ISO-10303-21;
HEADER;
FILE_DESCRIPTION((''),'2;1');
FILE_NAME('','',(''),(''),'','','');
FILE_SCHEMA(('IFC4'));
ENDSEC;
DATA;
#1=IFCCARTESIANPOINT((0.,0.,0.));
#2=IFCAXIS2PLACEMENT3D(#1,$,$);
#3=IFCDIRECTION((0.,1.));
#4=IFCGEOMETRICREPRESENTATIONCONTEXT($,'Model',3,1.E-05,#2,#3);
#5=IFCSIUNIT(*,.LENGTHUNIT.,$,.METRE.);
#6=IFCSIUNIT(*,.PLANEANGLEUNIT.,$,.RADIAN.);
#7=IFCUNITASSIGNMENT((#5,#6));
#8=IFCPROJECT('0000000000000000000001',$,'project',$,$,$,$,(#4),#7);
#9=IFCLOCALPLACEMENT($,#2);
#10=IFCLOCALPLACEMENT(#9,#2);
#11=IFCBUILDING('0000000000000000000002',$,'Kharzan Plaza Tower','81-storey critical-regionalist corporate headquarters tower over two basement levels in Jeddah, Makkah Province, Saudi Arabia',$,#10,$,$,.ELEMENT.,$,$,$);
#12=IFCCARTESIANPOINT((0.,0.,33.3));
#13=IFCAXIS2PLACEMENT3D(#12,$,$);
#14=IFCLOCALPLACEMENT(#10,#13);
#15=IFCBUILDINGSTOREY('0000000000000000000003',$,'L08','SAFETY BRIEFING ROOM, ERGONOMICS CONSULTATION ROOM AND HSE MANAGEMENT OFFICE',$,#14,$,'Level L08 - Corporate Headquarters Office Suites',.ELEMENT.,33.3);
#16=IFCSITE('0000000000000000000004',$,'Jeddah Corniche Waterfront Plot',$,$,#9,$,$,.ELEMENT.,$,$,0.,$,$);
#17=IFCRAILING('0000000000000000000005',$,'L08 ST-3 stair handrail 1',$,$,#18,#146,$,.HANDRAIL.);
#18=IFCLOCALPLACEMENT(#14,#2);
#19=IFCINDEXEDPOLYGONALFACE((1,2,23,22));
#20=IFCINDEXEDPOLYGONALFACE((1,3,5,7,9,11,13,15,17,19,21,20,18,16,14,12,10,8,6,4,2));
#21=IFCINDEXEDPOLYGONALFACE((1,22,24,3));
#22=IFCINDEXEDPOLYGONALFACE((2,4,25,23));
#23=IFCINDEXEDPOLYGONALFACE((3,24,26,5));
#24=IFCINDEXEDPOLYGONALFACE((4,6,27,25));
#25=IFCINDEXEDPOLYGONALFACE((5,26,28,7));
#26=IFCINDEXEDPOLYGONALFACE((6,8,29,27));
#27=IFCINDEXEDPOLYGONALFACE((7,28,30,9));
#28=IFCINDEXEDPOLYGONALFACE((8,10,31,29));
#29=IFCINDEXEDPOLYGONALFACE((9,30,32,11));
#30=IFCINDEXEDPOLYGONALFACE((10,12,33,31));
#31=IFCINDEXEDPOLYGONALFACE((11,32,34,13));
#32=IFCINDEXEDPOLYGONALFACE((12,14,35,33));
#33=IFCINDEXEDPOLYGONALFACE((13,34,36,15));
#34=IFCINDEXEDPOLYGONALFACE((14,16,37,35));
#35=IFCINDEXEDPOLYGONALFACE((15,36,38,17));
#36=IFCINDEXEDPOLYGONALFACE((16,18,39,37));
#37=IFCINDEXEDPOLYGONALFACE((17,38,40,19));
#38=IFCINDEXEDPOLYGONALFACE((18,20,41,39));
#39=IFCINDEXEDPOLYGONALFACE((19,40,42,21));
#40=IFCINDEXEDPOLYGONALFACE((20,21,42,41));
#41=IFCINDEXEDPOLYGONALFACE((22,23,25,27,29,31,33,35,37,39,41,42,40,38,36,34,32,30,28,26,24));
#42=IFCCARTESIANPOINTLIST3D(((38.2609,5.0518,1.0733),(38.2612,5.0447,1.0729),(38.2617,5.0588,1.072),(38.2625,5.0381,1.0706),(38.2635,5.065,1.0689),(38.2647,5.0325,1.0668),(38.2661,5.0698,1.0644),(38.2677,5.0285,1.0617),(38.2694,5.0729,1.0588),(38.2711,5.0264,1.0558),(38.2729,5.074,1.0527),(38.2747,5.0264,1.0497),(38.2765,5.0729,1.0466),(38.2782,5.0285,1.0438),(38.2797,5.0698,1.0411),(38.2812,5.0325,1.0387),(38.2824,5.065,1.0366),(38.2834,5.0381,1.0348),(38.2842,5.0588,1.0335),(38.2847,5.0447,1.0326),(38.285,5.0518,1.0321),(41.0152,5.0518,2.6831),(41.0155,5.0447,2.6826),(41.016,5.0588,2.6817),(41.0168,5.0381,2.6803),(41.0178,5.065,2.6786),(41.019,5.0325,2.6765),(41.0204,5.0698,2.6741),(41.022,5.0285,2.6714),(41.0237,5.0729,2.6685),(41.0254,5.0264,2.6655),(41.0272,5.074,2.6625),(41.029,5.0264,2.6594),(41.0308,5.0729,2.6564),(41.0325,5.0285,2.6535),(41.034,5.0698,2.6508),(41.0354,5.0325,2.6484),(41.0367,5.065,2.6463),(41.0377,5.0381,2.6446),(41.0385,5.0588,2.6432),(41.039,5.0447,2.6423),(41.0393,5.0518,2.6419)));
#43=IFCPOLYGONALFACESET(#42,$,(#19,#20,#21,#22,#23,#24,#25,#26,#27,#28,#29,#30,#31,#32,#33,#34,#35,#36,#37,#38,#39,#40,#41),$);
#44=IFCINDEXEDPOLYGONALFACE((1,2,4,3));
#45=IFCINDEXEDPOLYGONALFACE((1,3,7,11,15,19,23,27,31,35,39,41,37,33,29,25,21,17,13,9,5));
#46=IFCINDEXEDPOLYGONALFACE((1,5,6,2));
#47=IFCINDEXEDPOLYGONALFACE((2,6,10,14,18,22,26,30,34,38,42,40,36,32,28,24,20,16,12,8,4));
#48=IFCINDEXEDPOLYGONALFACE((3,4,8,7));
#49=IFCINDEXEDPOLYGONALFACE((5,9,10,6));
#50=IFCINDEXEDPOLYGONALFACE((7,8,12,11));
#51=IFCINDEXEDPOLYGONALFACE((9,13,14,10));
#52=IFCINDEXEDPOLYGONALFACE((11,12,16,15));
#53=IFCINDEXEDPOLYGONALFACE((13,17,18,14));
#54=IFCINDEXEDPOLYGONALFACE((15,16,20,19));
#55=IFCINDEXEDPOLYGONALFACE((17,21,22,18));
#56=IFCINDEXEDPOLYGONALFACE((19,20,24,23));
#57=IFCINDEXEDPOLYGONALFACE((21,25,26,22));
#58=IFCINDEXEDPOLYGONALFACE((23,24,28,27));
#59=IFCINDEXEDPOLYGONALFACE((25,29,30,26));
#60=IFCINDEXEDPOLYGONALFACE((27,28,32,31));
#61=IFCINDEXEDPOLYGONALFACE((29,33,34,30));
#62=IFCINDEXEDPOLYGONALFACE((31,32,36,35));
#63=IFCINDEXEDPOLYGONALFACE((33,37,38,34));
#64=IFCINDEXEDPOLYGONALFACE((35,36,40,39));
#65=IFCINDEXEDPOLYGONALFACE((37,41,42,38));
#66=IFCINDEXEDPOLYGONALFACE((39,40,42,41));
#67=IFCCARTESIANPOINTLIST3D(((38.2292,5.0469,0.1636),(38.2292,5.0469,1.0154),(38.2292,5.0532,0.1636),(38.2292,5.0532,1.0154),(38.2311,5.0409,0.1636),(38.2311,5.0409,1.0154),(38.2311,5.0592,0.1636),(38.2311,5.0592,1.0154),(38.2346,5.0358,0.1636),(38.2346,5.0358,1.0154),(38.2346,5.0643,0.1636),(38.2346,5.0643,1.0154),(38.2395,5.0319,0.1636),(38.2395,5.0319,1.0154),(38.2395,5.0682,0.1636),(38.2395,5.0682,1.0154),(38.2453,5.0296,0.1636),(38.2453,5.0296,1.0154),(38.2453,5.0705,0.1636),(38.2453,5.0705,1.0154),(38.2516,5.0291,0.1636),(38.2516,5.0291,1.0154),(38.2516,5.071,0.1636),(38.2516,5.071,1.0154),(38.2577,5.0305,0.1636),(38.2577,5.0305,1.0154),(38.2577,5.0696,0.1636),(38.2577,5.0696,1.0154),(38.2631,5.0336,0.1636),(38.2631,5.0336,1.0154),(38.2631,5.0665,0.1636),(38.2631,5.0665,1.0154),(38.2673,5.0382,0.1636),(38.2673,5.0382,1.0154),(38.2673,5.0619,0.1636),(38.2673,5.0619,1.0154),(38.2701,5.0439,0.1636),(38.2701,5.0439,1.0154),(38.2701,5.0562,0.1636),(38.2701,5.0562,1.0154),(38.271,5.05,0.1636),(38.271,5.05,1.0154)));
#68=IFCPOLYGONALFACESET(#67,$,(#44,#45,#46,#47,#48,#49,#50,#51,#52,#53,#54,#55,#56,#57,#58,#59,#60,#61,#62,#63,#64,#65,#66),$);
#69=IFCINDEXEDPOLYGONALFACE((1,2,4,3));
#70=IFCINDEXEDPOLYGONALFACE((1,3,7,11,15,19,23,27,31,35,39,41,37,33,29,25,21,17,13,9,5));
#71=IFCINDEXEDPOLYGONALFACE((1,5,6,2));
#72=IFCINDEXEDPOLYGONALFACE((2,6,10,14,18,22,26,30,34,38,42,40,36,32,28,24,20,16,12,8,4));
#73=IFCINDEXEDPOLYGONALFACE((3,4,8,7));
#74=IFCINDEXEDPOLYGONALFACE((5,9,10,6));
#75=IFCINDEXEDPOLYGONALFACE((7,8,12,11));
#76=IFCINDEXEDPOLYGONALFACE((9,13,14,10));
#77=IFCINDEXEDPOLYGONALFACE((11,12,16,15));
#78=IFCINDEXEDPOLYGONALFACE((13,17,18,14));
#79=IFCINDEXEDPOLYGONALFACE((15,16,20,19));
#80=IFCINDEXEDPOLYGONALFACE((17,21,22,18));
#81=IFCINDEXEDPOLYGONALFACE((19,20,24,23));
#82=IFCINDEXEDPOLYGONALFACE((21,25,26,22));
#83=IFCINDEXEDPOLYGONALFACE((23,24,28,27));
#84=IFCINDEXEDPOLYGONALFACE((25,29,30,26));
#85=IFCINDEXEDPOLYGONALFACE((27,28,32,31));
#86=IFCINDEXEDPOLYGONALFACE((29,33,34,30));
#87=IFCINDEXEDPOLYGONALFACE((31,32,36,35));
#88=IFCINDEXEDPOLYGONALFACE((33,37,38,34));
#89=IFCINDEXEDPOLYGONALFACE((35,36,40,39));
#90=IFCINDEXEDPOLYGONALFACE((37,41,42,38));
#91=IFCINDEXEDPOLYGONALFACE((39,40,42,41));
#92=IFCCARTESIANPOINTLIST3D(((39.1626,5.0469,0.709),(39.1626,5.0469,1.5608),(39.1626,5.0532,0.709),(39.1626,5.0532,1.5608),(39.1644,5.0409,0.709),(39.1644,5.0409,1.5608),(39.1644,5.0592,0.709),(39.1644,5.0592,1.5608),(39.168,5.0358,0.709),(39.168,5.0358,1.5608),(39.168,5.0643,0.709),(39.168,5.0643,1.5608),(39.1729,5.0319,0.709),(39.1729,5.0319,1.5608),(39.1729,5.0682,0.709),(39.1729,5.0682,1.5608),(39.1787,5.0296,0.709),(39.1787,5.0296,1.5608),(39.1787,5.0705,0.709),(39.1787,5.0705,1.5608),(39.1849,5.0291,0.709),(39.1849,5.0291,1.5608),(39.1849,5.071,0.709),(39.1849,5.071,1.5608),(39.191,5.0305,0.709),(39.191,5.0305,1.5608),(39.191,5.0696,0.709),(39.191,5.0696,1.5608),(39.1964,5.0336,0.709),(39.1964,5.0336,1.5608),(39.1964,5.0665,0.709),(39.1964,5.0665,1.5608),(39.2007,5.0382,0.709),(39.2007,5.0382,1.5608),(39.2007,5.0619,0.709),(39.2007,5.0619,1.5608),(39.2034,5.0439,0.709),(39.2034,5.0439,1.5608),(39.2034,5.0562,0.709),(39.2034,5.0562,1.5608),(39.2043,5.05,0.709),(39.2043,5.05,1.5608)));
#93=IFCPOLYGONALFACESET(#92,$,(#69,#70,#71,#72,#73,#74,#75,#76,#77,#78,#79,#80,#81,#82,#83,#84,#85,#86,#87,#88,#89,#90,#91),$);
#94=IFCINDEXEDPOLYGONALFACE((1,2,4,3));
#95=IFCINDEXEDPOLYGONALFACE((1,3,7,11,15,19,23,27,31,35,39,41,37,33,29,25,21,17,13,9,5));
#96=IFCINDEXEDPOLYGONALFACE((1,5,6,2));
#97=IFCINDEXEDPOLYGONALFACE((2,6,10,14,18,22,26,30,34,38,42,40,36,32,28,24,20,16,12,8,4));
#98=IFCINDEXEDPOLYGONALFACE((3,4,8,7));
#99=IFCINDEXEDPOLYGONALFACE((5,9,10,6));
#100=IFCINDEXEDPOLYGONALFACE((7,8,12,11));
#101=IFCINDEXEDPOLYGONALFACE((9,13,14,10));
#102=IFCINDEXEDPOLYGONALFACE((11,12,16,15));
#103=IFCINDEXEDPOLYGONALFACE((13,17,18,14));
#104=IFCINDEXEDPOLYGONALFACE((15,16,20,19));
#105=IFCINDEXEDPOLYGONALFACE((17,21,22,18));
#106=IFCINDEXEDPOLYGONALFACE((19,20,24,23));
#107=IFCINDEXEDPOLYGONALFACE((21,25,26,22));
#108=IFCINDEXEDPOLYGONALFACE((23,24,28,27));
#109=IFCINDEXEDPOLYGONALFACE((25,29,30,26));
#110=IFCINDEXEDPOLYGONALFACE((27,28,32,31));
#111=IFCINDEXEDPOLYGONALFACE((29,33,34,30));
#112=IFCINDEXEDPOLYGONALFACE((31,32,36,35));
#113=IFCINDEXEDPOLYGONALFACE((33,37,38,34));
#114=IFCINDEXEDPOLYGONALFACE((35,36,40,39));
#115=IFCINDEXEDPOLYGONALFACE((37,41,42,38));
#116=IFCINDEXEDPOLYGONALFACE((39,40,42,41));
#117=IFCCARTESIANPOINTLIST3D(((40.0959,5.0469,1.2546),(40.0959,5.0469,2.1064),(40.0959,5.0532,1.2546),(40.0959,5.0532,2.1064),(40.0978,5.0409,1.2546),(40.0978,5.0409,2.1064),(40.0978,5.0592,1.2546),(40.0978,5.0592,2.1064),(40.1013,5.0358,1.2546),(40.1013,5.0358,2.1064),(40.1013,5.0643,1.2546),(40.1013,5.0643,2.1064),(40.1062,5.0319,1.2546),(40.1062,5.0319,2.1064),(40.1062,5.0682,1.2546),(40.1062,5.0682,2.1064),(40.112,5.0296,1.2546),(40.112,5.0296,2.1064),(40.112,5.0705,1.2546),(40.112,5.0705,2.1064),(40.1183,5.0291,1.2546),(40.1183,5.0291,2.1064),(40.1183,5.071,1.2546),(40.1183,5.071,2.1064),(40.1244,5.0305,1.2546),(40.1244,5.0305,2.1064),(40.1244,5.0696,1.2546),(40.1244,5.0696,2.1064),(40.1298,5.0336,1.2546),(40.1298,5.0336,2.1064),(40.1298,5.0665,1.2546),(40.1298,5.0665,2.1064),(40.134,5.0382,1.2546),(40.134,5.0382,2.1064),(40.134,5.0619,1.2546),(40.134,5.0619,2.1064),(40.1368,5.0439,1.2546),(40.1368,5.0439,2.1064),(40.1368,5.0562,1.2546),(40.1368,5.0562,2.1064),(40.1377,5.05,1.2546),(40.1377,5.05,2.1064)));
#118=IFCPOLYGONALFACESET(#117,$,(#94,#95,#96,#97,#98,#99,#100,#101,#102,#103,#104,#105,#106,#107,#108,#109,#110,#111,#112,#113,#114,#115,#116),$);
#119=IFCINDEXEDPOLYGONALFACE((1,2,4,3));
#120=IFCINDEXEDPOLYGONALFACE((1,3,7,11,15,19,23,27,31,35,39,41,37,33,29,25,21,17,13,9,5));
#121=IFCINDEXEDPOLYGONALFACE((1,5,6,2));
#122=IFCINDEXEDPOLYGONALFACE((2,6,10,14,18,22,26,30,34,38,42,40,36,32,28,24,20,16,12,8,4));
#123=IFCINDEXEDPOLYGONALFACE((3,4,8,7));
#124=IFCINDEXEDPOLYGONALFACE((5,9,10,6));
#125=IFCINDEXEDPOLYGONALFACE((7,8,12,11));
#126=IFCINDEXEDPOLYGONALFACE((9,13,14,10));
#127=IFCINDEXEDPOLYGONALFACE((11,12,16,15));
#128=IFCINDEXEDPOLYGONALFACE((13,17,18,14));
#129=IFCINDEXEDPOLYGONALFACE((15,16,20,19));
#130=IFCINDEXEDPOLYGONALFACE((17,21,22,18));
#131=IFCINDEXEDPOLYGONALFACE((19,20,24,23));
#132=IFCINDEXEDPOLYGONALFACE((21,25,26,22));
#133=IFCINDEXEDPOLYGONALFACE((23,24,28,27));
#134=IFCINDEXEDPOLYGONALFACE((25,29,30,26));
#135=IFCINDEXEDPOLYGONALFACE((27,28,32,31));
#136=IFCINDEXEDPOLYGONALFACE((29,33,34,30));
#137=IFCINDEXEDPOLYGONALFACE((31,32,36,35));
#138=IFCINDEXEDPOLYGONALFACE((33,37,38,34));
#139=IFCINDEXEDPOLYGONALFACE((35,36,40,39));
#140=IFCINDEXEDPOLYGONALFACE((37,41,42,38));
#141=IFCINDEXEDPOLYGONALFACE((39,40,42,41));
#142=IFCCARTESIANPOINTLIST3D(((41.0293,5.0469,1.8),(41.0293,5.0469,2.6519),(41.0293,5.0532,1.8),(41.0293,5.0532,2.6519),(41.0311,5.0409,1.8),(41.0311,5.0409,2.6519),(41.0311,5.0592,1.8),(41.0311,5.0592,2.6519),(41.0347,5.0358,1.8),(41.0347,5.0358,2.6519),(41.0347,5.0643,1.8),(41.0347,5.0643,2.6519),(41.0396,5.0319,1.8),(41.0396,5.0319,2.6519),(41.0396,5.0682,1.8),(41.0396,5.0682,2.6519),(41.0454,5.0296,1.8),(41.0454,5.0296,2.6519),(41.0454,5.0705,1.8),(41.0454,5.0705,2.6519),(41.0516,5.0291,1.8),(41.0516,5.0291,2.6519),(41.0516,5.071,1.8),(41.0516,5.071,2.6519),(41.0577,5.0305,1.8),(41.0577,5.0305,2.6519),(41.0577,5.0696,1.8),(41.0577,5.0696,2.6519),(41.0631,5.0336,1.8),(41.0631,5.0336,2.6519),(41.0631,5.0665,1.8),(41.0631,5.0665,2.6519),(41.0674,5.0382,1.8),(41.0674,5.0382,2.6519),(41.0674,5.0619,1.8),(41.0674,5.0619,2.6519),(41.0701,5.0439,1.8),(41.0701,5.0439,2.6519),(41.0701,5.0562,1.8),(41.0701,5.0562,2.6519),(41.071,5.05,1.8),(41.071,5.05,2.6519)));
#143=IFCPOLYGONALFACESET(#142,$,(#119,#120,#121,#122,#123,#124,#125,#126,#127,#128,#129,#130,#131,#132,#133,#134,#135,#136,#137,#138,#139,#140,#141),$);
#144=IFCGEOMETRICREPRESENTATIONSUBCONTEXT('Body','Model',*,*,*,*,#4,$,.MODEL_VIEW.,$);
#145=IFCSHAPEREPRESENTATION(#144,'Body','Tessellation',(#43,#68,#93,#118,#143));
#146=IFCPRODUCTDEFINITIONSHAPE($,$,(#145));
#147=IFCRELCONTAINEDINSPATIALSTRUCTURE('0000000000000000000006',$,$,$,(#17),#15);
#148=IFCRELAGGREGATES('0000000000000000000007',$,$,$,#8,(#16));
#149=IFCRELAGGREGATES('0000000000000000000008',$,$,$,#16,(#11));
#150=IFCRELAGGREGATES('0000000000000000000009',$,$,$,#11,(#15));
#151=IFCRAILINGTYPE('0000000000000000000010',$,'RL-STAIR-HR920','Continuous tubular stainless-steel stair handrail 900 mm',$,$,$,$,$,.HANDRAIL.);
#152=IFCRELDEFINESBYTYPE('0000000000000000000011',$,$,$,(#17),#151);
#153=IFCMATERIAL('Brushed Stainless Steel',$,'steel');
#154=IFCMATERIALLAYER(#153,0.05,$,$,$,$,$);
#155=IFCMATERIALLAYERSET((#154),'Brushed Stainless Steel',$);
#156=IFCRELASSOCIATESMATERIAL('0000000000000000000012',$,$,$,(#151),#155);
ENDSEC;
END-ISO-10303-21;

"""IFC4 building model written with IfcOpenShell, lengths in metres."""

from ifc_helpers import new_model, si_unit, direction, frame, origin, origin_2d, place, context, subcontext, project, spatial, circle, extrude, source, transform, mapped, material, layer, layer_set, type_object, element, save


model = new_model("IFC4")

# Units and contexts
model_context = context("Model", 3, precision=1e-05, world=origin(), true_north=direction((0.0, 1.0)))
body_context = subcontext(model_context, "Body", "Model", "MODEL_VIEW")
ifc_project = project(units=[si_unit("LENGTHUNIT", "METRE"), si_unit("PLANEANGLEUNIT", "RADIAN")], contexts=[model_context])

# Site, building, storey
site_placement = place(None, origin())
site = spatial("IfcSite", under=ifc_project, at=site_placement, Name="Jeddah Corniche Waterfront Plot", CompositionType="ELEMENT", RefElevation=0.0)
building_placement = place(site_placement, origin())
building = spatial("IfcBuilding", under=site, at=building_placement, Name="Kharzan Plaza Tower", Description="81-storey critical-regionalist corporate headquarters tower over two basement levels in Jeddah, Makkah Province, Saudi Arabia", CompositionType="ELEMENT")
storey_placement = place(building_placement, frame((0.0, 0.0, 33.3)))
storey = spatial("IfcBuildingStorey", under=building, at=storey_placement, Name="L08", Description="SAFETY BRIEFING ROOM, ERGONOMICS CONSULTATION ROOM AND HSE MANAGEMENT OFFICE", LongName="Level L08 - Corporate Headquarters Office Suites", CompositionType="ELEMENT", Elevation=33.3)

# Shared definitions
ifc_material_1 = material(Name="Brushed Stainless Steel", Category="steel")

# Railing
ifc_layer_1 = layer(ifc_material_1, 0.05)
ifc_layer_set_1 = layer_set([ifc_layer_1], Name="Brushed Stainless Steel")
railing_type_1 = type_object("IfcRailingType", Name="RL-STAIR-HR920", Description="Continuous tubular stainless-steel stair handrail 900 mm", PredefinedType="HANDRAIL", material=ifc_layer_set_1)
shared_shape_1 = source(origin(), body_context, "Body", "SweptSolid", [
    extrude(circle(Radius=0.0239, at=origin_2d()), frame((0.0229, 0.0, 0.8892), z_axis=(0.863361, 0.0, 0.504587), x_axis=(0.0, 1.0, 0.0)), (0.0, 0.0, 1.0), 3.1902),
    extrude(circle(Radius=0.021, at=origin_2d()), origin(), (0.0, 0.0, 1.0), 0.8518),
    extrude(circle(Radius=0.021, at=origin_2d()), frame((0.9333, 0.0, 0.5454)), (0.0, 0.0, 1.0), 0.8518),
    extrude(circle(Radius=0.021, at=origin_2d()), frame((1.8667, 0.0, 1.0911)), (0.0, 0.0, 1.0), 0.8518),
    extrude(circle(Radius=0.021, at=origin_2d()), frame((2.8, 0.0, 1.6365)), (0.0, 0.0, 1.0), 0.8518),
])
railing_1_placement = place(storey_placement, frame((38.25, 5.05, 0.1636)))
element("IfcRailing", 1, at=railing_1_placement, inside=storey, type_object=railing_type_1, Name="L08 ST-3 stair handrail 1", PredefinedType="HANDRAIL", context=body_context, shape_type="MappedRepresentation", body=[
    mapped(shared_shape_1, transform((0.0, 0.0, 0.0), x_axis=(1.0, 0.0, 0.0), y_axis=(0.0, 1.0, 0.0), z_axis=(0.0, 0.0, 1.0))),
])

save(model, "model.ifc")
